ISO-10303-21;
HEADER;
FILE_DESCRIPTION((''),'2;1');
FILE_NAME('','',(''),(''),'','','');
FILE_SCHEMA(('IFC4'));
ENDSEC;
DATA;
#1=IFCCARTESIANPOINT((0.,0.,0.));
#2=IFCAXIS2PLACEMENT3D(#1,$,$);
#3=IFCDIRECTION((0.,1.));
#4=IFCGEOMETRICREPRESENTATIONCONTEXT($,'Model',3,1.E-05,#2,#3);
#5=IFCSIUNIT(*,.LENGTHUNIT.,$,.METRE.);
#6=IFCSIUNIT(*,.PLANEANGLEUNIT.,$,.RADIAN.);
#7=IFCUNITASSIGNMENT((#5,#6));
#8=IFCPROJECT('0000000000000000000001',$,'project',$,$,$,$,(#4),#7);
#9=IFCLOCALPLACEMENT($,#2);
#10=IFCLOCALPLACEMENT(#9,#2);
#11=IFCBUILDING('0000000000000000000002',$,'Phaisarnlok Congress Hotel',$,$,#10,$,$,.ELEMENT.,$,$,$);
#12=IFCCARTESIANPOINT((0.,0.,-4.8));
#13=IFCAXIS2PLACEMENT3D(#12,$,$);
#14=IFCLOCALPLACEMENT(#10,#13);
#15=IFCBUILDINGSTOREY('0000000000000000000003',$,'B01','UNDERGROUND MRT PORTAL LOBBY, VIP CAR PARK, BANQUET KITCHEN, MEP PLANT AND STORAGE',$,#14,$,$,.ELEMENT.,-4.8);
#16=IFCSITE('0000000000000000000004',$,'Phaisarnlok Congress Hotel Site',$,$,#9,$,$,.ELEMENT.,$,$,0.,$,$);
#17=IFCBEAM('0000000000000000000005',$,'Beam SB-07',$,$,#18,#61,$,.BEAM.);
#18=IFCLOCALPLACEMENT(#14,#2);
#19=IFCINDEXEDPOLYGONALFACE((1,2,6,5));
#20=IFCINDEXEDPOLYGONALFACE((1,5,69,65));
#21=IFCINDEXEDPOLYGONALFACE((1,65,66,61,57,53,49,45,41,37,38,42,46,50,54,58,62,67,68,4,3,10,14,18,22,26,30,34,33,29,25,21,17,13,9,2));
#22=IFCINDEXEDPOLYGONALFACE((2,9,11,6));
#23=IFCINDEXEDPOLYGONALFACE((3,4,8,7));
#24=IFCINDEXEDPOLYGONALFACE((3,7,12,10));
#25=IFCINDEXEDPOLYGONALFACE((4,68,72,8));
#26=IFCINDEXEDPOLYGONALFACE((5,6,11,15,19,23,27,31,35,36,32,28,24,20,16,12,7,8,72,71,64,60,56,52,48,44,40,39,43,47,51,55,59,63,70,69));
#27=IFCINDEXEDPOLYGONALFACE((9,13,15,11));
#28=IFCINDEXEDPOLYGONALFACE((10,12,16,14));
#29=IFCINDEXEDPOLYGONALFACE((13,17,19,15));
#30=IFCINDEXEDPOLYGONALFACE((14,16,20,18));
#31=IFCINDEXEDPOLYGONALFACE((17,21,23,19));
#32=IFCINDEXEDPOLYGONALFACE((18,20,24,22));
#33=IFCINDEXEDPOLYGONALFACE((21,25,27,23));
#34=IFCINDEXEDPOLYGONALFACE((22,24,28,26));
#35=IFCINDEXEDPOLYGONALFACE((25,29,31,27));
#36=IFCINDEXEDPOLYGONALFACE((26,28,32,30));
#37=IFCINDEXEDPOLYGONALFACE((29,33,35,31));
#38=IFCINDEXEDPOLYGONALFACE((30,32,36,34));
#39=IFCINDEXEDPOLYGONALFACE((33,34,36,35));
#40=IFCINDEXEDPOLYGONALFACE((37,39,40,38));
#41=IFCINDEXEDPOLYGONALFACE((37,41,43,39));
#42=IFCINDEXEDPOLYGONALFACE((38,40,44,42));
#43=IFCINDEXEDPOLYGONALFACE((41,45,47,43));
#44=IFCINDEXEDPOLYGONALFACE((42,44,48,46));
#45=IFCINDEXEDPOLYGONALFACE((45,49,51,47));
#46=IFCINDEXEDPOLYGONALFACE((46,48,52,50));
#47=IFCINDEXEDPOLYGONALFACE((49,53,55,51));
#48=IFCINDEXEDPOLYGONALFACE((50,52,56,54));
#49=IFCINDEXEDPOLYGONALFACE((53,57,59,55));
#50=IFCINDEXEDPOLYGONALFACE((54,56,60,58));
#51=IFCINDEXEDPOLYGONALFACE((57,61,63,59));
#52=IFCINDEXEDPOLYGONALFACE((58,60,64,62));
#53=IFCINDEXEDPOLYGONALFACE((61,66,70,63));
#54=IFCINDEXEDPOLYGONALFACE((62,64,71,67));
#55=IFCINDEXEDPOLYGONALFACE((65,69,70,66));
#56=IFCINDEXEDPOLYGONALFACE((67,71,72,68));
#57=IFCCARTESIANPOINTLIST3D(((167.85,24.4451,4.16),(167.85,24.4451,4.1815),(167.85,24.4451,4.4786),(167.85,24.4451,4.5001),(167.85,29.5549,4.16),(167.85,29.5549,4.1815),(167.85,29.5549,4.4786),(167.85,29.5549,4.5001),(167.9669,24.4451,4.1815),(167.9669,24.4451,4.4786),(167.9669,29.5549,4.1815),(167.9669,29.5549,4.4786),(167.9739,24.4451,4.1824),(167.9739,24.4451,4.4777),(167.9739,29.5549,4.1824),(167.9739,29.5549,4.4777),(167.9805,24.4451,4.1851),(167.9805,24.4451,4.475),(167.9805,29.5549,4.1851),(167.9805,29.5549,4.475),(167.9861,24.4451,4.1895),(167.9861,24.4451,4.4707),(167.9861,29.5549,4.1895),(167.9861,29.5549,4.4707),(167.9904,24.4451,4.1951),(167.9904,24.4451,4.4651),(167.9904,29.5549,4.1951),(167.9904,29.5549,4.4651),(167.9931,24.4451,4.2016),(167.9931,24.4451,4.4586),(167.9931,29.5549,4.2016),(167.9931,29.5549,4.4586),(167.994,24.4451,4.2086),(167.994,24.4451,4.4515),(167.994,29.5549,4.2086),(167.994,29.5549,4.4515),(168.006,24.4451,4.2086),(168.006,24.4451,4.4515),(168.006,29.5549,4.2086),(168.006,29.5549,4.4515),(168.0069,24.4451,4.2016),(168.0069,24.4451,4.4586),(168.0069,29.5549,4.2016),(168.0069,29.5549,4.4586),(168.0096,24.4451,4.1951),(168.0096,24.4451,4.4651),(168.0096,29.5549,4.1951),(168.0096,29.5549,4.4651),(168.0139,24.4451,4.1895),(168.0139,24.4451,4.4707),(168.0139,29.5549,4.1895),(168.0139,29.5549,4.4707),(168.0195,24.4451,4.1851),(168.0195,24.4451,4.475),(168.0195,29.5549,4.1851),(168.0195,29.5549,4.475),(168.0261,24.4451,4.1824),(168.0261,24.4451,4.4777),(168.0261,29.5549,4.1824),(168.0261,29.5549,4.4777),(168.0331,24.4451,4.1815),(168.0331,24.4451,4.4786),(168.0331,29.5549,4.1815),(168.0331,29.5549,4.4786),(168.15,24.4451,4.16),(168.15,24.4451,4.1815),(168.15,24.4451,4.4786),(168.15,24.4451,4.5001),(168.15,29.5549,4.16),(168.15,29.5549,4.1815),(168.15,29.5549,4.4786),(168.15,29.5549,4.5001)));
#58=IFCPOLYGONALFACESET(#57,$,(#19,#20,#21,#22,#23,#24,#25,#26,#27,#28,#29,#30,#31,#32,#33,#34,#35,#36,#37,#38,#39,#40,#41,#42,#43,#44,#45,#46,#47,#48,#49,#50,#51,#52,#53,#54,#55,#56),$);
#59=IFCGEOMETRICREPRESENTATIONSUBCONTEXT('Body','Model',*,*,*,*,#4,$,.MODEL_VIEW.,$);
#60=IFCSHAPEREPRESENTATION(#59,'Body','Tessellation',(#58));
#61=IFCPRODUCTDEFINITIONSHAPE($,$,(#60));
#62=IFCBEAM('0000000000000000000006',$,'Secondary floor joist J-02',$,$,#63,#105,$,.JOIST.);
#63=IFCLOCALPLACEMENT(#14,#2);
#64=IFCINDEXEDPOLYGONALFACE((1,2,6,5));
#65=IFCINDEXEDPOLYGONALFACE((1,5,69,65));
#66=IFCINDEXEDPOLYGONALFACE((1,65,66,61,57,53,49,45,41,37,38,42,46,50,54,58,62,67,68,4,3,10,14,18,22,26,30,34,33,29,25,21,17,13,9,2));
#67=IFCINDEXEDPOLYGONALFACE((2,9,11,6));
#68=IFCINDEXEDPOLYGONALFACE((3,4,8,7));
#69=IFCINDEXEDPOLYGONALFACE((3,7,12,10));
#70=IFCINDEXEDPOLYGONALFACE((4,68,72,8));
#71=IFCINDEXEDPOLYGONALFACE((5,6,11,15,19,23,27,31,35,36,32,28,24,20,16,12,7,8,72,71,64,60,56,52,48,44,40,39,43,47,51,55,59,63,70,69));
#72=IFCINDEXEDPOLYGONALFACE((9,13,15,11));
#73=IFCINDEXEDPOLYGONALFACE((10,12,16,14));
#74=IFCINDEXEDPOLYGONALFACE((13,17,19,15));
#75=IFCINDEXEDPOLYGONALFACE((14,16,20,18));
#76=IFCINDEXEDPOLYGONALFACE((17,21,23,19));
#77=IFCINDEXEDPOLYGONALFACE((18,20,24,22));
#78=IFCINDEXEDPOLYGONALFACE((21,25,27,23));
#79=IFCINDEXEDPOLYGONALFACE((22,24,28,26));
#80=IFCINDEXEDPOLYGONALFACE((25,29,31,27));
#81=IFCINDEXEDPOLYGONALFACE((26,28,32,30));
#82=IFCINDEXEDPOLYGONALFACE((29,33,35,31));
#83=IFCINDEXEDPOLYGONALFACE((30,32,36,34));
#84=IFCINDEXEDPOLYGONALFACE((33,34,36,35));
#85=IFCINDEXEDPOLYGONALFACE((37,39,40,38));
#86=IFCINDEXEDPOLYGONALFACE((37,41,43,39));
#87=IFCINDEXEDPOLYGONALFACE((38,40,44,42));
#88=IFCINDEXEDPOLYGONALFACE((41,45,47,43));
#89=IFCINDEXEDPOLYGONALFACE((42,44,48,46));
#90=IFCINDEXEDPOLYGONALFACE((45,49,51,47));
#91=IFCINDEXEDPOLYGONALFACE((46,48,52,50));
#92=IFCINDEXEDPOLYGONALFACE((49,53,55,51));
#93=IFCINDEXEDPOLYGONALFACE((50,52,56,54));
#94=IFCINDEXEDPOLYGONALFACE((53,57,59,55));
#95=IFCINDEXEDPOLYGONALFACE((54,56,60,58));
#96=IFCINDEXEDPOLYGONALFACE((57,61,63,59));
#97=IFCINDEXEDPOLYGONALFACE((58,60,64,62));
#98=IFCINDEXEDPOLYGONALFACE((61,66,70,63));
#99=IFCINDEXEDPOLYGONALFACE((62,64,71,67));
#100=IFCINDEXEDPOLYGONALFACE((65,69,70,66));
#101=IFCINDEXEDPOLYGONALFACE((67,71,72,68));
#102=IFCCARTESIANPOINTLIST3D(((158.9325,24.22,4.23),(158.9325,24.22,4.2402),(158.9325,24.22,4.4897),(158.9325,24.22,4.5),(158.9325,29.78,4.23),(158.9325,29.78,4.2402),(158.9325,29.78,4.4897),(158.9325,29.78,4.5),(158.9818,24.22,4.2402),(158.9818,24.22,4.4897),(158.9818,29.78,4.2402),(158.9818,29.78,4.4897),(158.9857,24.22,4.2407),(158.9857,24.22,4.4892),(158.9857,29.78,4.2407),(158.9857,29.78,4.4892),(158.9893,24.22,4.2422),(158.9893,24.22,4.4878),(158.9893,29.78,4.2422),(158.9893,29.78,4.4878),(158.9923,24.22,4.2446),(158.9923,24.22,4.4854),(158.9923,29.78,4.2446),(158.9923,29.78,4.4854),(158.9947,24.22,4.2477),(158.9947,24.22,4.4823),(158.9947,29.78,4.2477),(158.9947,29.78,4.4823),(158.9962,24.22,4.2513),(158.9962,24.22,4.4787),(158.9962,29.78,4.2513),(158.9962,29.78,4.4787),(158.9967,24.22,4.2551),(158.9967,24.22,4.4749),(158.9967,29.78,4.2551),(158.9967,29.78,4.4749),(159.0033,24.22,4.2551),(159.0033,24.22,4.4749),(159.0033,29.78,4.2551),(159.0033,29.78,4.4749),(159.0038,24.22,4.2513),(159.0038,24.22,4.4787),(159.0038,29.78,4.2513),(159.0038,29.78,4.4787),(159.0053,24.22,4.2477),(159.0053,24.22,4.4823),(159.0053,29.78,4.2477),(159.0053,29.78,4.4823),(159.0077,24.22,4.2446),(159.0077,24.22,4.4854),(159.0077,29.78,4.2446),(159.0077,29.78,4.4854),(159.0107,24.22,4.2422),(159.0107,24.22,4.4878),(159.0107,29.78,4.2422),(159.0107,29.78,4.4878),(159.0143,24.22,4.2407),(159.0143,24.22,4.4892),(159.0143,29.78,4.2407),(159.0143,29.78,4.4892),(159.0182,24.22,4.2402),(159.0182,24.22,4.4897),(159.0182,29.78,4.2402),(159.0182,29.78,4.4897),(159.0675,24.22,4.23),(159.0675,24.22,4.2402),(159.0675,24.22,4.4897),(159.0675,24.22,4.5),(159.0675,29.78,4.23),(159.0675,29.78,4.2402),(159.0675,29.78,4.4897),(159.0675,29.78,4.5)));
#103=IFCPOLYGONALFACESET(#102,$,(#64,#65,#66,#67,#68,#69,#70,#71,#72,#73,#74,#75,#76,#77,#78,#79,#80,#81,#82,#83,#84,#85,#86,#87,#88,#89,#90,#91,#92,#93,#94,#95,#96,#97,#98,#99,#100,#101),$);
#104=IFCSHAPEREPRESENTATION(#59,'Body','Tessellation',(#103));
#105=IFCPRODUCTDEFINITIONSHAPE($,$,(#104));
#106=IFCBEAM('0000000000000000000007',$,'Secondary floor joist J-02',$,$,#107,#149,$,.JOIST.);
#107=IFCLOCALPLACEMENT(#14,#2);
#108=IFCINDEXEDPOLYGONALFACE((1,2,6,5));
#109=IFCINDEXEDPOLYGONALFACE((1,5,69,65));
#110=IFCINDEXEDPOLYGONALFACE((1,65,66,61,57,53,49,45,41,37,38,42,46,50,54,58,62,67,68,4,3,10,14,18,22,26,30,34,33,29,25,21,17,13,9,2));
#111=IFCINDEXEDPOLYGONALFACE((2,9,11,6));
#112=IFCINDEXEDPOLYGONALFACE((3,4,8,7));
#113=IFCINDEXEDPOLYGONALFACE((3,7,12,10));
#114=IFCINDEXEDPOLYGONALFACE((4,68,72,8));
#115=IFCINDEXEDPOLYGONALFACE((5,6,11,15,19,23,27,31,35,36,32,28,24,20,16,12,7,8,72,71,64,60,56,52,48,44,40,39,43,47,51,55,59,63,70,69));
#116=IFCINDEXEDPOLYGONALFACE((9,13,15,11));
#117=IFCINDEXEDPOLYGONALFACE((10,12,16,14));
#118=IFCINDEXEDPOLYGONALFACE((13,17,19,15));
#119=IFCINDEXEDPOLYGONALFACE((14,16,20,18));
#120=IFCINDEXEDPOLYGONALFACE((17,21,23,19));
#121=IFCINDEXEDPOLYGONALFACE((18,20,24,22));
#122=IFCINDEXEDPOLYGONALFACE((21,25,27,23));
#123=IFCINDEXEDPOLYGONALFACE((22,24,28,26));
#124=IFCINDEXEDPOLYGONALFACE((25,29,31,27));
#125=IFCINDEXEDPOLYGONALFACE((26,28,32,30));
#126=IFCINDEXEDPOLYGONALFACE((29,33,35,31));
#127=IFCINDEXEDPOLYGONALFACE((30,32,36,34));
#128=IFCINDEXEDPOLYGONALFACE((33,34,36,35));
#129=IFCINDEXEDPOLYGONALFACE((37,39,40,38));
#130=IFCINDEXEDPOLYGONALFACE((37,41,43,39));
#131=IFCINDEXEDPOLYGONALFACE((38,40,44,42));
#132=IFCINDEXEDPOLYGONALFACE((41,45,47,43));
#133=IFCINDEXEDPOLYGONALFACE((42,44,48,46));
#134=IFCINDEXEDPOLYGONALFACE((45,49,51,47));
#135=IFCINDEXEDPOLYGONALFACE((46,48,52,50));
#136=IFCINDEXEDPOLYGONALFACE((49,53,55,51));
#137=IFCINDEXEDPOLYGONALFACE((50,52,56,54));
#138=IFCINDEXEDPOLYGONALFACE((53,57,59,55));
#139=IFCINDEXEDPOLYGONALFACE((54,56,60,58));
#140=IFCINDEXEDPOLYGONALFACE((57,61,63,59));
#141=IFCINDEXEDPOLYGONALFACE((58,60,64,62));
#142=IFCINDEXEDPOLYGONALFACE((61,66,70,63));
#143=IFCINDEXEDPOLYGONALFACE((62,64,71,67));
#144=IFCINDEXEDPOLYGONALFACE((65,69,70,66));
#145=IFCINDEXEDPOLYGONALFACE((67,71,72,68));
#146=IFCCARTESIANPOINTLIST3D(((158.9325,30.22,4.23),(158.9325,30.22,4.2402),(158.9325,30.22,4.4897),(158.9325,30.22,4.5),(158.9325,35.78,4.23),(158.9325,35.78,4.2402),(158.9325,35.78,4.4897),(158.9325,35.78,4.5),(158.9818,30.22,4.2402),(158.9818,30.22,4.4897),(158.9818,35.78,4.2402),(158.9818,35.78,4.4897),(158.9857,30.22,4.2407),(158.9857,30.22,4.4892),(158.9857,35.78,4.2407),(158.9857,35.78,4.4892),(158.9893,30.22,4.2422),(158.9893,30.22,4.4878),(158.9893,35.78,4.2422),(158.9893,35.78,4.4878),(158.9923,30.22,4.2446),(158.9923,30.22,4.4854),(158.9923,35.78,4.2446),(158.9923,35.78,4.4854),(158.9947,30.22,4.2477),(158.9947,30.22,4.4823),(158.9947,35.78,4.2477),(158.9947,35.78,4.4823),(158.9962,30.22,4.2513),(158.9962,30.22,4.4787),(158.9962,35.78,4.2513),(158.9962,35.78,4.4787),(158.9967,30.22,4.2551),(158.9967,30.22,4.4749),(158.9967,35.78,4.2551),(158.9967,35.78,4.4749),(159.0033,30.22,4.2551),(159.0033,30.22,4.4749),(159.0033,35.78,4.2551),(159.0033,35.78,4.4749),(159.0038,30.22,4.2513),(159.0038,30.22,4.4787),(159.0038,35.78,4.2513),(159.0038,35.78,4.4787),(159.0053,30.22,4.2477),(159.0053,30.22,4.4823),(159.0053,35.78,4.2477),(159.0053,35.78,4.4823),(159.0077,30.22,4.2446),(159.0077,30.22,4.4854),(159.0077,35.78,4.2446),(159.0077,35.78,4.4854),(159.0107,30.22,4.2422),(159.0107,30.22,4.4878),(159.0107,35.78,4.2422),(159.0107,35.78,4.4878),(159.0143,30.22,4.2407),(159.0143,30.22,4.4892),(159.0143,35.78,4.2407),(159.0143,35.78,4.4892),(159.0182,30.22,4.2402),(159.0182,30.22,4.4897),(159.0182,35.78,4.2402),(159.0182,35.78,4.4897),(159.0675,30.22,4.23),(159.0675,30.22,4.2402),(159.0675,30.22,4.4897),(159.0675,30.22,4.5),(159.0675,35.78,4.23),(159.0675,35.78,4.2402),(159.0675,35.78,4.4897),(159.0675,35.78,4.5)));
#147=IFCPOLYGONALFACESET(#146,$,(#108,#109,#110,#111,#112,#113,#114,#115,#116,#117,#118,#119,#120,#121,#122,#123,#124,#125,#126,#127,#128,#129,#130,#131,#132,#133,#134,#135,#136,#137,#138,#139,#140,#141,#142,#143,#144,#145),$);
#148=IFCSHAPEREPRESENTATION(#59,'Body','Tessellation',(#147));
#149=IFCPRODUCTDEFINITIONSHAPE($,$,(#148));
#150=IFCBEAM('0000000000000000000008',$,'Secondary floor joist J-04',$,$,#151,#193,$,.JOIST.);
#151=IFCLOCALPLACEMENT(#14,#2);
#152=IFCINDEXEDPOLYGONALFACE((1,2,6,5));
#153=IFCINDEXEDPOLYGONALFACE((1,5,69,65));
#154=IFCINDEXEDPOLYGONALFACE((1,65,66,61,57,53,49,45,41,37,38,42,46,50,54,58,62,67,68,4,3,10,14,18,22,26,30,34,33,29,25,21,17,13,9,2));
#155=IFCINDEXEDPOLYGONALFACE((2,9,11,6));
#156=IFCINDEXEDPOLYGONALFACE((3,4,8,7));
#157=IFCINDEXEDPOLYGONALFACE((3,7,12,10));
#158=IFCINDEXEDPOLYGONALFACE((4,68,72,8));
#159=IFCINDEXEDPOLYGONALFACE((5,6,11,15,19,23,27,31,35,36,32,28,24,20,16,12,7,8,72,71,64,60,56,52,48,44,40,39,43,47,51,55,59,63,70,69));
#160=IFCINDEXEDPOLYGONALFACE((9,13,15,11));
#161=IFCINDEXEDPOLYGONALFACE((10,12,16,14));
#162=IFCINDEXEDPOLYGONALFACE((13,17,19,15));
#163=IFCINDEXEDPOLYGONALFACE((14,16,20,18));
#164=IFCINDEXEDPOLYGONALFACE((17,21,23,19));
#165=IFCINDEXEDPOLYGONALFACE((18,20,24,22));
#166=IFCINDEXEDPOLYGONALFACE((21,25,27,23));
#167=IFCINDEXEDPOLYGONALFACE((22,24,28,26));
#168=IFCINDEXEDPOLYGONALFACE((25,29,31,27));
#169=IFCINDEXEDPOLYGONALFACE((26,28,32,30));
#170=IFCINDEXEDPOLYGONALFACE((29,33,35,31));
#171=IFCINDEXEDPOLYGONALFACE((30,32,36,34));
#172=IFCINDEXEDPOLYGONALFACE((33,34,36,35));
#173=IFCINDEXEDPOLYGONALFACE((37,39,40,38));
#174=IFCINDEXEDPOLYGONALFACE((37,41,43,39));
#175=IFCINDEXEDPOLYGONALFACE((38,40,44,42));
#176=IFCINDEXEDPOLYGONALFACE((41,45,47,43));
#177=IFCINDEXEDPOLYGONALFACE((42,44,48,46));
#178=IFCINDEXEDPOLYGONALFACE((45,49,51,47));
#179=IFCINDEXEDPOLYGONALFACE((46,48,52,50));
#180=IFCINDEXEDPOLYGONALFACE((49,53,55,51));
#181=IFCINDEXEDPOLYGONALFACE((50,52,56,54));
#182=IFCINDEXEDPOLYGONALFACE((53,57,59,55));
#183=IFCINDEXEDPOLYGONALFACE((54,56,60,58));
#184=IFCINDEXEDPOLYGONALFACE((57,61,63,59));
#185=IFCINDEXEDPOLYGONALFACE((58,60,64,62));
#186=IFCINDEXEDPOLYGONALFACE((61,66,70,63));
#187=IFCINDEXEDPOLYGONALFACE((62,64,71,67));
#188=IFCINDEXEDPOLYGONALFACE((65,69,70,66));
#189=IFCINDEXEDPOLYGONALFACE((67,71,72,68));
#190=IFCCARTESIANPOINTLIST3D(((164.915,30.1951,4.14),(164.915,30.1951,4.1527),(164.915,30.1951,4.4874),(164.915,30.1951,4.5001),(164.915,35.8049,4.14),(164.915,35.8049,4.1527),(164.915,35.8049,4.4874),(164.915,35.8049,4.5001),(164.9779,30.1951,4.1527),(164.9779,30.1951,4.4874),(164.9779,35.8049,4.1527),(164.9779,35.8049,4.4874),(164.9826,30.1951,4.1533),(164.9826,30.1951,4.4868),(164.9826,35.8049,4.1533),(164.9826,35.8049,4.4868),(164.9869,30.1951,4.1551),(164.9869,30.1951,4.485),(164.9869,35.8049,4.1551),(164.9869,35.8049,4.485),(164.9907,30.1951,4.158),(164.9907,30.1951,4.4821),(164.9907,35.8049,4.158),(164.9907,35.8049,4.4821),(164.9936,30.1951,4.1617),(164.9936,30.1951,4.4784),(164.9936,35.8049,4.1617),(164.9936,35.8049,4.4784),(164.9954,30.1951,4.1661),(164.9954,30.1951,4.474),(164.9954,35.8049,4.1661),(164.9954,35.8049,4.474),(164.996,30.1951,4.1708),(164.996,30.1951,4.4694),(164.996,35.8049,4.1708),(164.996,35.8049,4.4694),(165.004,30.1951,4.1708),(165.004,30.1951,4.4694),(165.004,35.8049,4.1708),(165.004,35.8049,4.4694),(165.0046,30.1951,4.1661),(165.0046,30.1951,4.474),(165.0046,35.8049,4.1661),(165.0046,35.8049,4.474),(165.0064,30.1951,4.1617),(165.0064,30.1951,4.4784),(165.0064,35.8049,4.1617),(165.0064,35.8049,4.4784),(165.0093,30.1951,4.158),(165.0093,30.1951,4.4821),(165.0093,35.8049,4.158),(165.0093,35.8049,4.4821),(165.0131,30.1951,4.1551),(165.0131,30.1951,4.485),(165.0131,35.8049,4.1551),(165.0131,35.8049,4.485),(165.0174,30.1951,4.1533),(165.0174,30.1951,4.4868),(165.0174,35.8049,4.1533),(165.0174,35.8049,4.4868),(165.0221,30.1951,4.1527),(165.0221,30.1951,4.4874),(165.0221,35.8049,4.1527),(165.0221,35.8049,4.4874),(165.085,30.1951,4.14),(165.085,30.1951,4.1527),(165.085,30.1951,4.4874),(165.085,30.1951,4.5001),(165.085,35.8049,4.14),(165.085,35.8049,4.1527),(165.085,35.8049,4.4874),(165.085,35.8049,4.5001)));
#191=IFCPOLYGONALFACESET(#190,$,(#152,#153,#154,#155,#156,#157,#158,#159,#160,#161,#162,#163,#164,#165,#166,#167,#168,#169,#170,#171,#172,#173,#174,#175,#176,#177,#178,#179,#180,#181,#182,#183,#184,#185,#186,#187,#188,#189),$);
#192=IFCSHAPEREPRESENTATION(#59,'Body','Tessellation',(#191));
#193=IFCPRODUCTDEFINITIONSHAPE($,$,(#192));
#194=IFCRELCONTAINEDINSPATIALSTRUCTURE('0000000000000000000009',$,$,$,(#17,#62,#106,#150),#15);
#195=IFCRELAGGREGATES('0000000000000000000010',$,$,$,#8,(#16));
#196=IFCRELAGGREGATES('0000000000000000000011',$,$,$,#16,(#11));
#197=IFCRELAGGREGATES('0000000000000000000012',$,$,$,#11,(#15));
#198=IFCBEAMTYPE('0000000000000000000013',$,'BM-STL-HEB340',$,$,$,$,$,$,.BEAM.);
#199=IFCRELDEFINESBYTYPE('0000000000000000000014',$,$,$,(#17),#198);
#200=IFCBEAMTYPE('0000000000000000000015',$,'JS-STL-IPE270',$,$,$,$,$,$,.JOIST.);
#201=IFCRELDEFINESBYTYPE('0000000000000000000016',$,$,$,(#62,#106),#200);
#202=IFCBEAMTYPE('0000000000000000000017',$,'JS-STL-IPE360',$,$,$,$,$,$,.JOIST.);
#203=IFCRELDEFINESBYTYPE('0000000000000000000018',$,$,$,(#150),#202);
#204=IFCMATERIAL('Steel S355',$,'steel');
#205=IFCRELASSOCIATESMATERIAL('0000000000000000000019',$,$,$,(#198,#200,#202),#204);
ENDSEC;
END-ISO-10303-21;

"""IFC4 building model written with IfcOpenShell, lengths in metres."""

from ifc_helpers import new_model, si_unit, direction, frame, origin, origin_2d, place, context, subcontext, project, spatial, i_section, extrude, material, material_profile, profile_set, type_object, element, save


model = new_model("IFC4")

# Units and contexts
model_context = context("Model", 3, precision=1e-05, world=origin(), true_north=direction((0.0, 1.0)))
body_context = subcontext(model_context, "Body", "Model", "MODEL_VIEW")
ifc_project = project(units=[si_unit("LENGTHUNIT", "METRE"), si_unit("PLANEANGLEUNIT", "RADIAN")], contexts=[model_context])

# Site, building, storey
site_placement = place(None, origin())
site = spatial("IfcSite", under=ifc_project, at=site_placement, Name="Phaisarnlok Congress Hotel Site", CompositionType="ELEMENT", RefElevation=0.0)
building_placement = place(site_placement, origin())
building = spatial("IfcBuilding", under=site, at=building_placement, Name="Phaisarnlok Congress Hotel", CompositionType="ELEMENT")
storey_placement = place(building_placement, frame((0.0, 0.0, -4.8)))
storey = spatial("IfcBuildingStorey", under=building, at=storey_placement, Name="B01", Description="UNDERGROUND MRT PORTAL LOBBY, VIP CAR PARK, BANQUET KITCHEN, MEP PLANT AND STORAGE", CompositionType="ELEMENT", Elevation=-4.8)

# Beams
ifc_material_1 = material(Name="Steel S355", Category="steel")
ifc_material_profile_1 = material_profile(ifc_material_1, i_section(OverallWidth=0.3, OverallDepth=0.3401, WebThickness=0.012, FlangeThickness=0.0215, FilletRadius=0.0271, at=origin_2d()), Name="HEB 340")
ifc_profile_set_1 = profile_set([ifc_material_profile_1], Name="Steel S355")
beam_type_1 = type_object("IfcBeamType", Name="BM-STL-HEB340", PredefinedType="BEAM", material=ifc_profile_set_1)
for number, where, z_axis, x_axis, name in (
    (1, (168.0, 24.4451, 4.3301), (0.0, 1.0, 0.0), (-1.0, 0.0, 0.0), "Beam SB-07"),
):
    element("IfcBeam", number, at=place(storey_placement, frame(where, z_axis=z_axis, x_axis=x_axis)), inside=storey, type_object=beam_type_1, Name=name, PredefinedType="BEAM", context=body_context, shape_type="SweptSolid", body=[
        extrude(i_section(OverallWidth=0.3, OverallDepth=0.3401, WebThickness=0.012, FlangeThickness=0.0215, FilletRadius=0.0271, at=origin_2d()), origin(), (0.0, 0.0, 1.0), 5.1099),
    ])
ifc_material_profile_2 = material_profile(ifc_material_1, i_section(OverallWidth=0.135, OverallDepth=0.27, WebThickness=0.0066, FlangeThickness=0.0103, FilletRadius=0.0149, at=origin_2d()), Name="IPE 270")
ifc_profile_set_2 = profile_set([ifc_material_profile_2], Name="Steel S355")
beam_type_2 = type_object("IfcBeamType", Name="JS-STL-IPE270", PredefinedType="JOIST", material=ifc_profile_set_2)
for number, where, z_axis, x_axis, name in (
    (2, (159.0, 24.22, 4.365), (0.0, 1.0, 0.0), (-1.0, 0.0, 0.0), "Secondary floor joist J-02"),
    (3, (159.0, 30.22, 4.365), (0.0, 1.0, 0.0), (-1.0, 0.0, 0.0), "Secondary floor joist J-02"),
):
    element("IfcBeam", number, at=place(storey_placement, frame(where, z_axis=z_axis, x_axis=x_axis)), inside=storey, type_object=beam_type_2, Name=name, PredefinedType="JOIST", context=body_context, shape_type="SweptSolid", body=[
        extrude(i_section(OverallWidth=0.135, OverallDepth=0.27, WebThickness=0.0066, FlangeThickness=0.0103, FilletRadius=0.0149, at=origin_2d()), origin(), (0.0, 0.0, 1.0), 5.5601),
    ])
ifc_material_profile_3 = material_profile(ifc_material_1, i_section(OverallWidth=0.1699, OverallDepth=0.3601, WebThickness=0.0081, FlangeThickness=0.0127, FilletRadius=0.0181, at=origin_2d()), Name="IPE 360")
ifc_profile_set_3 = profile_set([ifc_material_profile_3], Name="Steel S355")
beam_type_3 = type_object("IfcBeamType", Name="JS-STL-IPE360", PredefinedType="JOIST", material=ifc_profile_set_3)
beam_placement = place(storey_placement, frame((165.0, 30.1951, 4.3201), z_axis=(0.0, 1.0, 0.0), x_axis=(-1.0, 0.0, 0.0)))
element("IfcBeam", 4, at=beam_placement, inside=storey, type_object=beam_type_3, Name="Secondary floor joist J-04", PredefinedType="JOIST", context=body_context, shape_type="SweptSolid", body=[
    extrude(i_section(OverallWidth=0.1699, OverallDepth=0.3601, WebThickness=0.0081, FlangeThickness=0.0127, FilletRadius=0.0181, at=origin_2d()), origin(), (0.0, 0.0, 1.0), 5.6099),
])

save(model, "model.ifc")
